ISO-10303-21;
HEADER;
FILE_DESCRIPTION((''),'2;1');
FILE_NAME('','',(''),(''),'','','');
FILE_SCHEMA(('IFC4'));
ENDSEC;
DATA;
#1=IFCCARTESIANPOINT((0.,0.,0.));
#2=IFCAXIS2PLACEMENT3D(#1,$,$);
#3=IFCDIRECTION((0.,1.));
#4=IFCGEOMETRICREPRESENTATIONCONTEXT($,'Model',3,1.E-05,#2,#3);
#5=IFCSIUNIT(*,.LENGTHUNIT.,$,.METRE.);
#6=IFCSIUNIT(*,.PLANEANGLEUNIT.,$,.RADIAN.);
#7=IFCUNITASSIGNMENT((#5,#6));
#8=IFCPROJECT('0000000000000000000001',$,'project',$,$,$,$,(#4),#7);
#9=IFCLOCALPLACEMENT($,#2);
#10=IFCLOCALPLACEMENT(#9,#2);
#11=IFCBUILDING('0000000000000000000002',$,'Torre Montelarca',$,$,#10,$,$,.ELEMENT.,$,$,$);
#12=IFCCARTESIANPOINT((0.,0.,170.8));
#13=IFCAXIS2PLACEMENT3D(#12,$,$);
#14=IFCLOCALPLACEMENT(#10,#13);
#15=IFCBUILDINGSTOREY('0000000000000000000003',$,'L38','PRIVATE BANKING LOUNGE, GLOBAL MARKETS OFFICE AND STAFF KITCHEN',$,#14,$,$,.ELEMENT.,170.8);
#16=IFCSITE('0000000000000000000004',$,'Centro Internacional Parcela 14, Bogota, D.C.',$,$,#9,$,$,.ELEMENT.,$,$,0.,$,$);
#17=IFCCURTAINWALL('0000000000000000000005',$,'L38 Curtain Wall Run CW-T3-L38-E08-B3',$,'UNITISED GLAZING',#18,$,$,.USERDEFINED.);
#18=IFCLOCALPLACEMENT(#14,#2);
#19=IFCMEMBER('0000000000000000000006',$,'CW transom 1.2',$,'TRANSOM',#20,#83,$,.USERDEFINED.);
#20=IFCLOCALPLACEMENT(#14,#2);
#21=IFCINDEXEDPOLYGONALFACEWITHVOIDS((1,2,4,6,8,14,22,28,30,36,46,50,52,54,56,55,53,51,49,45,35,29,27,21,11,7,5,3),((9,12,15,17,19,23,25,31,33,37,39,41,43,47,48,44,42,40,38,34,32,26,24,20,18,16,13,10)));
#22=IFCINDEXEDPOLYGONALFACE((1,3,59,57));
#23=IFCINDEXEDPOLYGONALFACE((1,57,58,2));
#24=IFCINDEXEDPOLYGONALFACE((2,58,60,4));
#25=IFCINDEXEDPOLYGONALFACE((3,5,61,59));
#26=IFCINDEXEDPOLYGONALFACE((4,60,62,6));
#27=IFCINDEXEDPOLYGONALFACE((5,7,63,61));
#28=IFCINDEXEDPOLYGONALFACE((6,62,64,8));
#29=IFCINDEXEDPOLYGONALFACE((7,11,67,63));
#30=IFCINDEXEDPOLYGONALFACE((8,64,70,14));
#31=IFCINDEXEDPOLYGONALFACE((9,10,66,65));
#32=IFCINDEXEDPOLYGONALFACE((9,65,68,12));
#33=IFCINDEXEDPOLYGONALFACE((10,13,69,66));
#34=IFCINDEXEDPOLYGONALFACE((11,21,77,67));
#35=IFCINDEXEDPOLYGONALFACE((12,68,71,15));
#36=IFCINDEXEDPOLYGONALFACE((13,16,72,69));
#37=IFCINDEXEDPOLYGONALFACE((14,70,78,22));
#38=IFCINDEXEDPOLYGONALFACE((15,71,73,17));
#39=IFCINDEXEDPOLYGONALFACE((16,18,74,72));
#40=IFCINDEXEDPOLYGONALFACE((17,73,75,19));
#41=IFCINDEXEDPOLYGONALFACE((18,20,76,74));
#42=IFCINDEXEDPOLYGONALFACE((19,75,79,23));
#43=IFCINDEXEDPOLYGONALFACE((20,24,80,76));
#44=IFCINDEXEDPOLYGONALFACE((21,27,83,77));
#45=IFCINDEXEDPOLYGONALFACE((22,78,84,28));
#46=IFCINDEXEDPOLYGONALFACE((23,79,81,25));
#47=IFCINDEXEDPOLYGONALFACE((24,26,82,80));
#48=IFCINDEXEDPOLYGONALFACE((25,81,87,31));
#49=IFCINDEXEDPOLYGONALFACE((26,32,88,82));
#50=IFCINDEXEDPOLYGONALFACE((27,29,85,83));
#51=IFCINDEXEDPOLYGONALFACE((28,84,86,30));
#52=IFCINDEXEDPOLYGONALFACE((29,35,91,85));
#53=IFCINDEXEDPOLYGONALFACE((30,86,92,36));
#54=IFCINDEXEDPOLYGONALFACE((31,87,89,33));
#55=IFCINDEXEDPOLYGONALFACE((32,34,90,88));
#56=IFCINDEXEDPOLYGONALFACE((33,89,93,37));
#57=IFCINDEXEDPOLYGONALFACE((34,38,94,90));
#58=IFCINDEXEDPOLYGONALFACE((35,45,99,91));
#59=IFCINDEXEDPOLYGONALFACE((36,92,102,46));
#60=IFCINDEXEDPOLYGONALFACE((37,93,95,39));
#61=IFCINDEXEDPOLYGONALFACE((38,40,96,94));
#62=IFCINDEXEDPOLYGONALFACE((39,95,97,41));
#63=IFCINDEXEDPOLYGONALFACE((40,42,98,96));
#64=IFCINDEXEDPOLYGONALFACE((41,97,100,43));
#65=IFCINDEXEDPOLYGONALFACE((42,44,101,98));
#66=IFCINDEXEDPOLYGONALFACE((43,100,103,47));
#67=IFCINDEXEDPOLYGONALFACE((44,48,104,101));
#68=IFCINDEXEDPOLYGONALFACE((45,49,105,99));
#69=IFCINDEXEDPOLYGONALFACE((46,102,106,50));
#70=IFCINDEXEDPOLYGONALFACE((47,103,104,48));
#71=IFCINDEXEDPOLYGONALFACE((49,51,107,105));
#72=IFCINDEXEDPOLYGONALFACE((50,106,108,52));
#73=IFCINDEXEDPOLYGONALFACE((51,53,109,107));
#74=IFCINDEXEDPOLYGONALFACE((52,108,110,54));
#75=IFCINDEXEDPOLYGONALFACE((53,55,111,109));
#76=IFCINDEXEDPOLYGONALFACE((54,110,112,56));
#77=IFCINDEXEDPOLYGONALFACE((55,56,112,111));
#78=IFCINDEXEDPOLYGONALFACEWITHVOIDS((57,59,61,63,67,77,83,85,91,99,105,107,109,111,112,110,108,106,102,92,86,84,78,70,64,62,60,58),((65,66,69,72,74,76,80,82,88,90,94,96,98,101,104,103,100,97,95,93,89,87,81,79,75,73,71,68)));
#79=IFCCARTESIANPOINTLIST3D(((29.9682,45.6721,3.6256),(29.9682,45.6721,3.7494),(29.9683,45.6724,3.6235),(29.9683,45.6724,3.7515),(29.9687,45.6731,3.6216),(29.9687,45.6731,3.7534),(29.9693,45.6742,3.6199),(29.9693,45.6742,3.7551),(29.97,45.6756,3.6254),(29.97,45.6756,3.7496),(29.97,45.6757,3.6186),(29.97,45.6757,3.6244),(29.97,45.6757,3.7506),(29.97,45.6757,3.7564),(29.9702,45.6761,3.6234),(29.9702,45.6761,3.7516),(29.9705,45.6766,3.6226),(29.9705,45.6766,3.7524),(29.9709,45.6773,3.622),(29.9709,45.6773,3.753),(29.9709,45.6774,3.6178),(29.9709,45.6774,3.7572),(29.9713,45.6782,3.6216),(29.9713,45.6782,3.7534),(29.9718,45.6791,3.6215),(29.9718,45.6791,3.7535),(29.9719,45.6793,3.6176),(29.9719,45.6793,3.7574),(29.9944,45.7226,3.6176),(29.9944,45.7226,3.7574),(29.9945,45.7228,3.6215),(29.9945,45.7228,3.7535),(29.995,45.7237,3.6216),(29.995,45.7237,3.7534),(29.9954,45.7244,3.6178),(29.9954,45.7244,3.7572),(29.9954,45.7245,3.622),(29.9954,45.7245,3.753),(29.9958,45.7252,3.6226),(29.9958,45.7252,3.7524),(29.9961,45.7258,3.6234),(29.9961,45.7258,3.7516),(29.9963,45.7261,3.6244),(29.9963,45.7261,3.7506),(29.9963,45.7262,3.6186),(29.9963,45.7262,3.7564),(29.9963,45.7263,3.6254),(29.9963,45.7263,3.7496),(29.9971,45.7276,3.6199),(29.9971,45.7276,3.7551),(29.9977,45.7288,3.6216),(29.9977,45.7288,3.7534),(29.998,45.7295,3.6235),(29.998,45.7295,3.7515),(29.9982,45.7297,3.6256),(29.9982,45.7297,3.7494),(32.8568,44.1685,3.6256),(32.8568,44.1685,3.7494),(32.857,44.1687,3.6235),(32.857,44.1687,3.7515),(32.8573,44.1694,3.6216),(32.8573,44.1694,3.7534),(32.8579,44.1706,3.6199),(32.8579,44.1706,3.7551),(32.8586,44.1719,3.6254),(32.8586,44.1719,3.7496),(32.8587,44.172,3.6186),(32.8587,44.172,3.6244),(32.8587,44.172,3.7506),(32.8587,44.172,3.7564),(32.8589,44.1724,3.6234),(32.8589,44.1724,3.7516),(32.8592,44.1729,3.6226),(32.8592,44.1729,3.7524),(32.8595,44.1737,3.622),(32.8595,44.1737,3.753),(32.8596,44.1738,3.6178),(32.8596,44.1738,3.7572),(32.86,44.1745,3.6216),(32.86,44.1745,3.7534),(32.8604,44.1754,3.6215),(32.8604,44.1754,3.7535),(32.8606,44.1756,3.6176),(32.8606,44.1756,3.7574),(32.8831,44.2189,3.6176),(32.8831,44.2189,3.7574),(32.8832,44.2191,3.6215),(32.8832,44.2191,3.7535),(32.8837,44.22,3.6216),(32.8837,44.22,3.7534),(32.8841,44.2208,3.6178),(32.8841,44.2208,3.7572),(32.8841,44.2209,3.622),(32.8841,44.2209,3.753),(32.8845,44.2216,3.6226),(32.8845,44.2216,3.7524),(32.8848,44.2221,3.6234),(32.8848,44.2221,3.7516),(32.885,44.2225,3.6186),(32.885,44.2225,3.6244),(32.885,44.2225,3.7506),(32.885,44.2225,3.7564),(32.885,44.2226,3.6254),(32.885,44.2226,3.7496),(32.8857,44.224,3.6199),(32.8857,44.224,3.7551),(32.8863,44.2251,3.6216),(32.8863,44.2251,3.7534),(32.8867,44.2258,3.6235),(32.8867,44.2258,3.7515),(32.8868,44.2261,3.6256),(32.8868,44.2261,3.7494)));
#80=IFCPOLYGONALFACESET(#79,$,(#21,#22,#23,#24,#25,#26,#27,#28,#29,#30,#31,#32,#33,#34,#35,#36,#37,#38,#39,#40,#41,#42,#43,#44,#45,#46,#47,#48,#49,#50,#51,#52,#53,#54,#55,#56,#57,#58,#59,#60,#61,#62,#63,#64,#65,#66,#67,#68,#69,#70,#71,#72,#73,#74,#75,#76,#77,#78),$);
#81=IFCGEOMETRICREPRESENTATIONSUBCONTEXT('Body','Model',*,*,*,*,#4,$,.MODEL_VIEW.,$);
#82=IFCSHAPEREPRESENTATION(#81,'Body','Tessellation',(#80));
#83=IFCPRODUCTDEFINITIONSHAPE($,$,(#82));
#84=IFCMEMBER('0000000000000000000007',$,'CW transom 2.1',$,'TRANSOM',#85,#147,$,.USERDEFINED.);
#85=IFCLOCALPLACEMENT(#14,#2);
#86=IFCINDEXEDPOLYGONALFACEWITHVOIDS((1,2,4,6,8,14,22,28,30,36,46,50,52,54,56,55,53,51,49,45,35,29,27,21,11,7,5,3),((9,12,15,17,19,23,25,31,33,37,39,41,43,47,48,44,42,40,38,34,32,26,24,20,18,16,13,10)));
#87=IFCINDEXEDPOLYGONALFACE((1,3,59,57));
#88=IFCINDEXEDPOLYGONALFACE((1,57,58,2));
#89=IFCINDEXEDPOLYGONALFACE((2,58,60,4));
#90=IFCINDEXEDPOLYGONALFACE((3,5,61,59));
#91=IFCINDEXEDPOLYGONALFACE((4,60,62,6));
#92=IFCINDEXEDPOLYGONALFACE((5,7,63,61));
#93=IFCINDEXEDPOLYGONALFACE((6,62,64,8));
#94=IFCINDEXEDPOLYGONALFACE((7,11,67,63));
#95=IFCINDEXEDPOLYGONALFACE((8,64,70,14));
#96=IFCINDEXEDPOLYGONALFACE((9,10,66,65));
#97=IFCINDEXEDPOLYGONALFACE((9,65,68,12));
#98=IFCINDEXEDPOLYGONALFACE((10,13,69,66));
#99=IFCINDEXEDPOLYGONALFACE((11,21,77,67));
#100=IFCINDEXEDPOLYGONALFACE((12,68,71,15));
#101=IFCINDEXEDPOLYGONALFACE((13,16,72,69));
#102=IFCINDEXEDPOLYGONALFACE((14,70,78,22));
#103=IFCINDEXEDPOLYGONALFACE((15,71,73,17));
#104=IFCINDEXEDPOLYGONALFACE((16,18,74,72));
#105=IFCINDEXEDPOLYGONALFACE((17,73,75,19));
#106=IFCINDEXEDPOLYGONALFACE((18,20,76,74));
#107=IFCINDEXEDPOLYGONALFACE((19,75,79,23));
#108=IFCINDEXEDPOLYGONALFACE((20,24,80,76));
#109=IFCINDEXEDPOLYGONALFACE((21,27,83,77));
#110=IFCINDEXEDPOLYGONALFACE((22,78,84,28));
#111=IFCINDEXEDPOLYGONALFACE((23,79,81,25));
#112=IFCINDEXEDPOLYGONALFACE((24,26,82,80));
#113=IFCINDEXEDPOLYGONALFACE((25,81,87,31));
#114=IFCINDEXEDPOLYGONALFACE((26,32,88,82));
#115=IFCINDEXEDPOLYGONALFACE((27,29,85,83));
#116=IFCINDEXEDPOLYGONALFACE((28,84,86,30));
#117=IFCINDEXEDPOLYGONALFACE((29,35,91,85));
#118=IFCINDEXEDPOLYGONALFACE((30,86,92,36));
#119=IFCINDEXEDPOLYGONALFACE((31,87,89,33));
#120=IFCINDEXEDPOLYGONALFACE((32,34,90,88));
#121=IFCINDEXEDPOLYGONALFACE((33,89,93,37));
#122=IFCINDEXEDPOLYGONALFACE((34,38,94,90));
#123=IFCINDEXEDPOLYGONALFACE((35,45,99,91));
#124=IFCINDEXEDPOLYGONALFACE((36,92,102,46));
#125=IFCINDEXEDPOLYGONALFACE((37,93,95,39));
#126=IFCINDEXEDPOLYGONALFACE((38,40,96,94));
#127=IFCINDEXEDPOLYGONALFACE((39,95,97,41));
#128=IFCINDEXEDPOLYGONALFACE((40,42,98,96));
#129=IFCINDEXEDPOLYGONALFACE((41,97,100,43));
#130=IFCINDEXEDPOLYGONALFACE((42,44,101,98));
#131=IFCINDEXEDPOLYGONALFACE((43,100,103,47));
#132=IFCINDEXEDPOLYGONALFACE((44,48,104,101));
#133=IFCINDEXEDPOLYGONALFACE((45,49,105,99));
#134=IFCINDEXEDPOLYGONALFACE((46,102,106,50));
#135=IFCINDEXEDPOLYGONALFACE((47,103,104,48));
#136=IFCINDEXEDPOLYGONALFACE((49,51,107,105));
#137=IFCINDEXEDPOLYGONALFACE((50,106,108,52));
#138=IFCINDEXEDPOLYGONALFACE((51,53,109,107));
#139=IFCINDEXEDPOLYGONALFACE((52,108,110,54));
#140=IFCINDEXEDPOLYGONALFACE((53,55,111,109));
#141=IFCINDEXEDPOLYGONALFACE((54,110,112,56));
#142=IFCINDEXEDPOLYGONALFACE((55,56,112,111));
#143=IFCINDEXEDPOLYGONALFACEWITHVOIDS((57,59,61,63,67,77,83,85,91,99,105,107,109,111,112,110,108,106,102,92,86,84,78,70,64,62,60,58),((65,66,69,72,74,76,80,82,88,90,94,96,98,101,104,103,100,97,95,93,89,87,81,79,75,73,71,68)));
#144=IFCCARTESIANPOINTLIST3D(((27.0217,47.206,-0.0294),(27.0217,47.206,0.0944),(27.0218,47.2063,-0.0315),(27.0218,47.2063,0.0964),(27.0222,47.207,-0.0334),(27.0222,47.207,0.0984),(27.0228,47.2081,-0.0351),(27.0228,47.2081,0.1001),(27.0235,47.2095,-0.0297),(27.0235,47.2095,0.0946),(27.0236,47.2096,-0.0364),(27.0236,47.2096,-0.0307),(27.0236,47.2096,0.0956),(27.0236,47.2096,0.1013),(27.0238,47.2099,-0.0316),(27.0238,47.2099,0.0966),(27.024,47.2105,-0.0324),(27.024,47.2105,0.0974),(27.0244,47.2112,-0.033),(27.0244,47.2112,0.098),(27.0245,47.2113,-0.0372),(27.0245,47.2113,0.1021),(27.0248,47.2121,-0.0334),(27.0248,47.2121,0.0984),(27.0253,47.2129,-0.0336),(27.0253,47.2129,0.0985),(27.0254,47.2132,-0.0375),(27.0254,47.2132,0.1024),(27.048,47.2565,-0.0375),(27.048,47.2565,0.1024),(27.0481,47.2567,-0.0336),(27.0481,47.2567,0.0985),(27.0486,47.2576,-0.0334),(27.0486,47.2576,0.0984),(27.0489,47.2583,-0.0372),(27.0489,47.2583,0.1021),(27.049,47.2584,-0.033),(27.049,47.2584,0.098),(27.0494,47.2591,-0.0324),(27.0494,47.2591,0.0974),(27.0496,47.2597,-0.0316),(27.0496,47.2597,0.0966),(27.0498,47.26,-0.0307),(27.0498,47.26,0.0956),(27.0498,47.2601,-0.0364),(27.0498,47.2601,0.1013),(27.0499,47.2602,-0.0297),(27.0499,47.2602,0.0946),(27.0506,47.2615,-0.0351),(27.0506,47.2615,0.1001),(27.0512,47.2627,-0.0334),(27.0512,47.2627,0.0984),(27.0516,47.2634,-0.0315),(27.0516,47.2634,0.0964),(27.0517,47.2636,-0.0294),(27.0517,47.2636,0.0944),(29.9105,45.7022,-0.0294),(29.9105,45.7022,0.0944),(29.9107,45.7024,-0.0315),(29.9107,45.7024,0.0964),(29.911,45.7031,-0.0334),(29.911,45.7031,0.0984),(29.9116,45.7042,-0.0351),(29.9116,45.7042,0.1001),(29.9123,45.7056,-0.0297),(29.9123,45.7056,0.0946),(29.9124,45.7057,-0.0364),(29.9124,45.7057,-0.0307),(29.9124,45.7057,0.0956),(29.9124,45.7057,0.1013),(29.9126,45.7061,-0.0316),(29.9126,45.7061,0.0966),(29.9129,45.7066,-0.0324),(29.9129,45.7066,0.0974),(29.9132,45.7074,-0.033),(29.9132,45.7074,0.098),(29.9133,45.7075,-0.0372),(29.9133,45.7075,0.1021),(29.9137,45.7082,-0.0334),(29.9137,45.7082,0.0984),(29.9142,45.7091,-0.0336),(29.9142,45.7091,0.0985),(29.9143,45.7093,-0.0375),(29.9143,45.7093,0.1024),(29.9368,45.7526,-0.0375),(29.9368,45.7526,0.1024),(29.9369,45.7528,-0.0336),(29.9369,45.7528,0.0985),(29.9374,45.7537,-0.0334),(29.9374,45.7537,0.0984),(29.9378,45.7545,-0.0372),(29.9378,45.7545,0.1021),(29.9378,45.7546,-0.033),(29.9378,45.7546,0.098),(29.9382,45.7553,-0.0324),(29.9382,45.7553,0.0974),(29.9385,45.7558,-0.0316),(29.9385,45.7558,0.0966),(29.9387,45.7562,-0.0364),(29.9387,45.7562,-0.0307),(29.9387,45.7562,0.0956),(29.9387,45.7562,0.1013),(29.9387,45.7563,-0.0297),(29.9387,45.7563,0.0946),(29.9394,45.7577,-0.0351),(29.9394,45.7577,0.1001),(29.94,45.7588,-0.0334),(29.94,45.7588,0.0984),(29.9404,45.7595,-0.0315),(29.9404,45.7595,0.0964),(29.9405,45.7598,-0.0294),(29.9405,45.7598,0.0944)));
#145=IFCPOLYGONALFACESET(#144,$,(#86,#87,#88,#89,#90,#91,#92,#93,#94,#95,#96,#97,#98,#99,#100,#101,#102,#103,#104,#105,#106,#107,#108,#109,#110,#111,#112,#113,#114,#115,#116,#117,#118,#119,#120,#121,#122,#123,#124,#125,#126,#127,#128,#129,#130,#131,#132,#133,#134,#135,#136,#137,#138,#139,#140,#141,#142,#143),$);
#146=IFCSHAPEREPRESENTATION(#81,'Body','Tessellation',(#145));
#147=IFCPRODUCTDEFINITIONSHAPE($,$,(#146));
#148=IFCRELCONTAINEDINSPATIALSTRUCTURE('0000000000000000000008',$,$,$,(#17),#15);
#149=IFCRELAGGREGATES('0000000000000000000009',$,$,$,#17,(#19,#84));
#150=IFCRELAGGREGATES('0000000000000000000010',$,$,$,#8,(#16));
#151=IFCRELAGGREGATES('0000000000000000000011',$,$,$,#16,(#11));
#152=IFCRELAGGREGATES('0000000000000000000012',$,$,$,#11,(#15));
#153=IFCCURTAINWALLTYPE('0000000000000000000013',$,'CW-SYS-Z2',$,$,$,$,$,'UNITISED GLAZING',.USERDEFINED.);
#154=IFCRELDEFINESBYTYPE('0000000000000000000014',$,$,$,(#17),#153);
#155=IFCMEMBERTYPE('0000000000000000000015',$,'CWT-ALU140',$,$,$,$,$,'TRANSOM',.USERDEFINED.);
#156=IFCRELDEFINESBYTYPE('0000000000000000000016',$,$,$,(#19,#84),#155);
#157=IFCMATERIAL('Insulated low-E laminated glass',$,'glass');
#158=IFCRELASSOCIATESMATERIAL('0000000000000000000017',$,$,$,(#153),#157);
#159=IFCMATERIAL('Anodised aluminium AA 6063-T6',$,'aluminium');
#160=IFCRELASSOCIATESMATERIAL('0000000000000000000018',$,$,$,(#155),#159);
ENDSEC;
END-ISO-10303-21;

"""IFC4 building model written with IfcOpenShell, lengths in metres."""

from ifc_helpers import new_model, si_unit, direction, frame, origin, origin_2d, place, context, subcontext, project, spatial, hollow_rectangle, extrude, source, transform, mapped, material, material_profile, profile_set, type_object, element, aggregate, save


model = new_model("IFC4")

# Units and contexts
model_context = context("Model", 3, precision=1e-05, world=origin(), true_north=direction((0.0, 1.0)))
body_context = subcontext(model_context, "Body", "Model", "MODEL_VIEW")
ifc_project = project(units=[si_unit("LENGTHUNIT", "METRE"), si_unit("PLANEANGLEUNIT", "RADIAN")], contexts=[model_context])

# Site, building, storey
site_placement = place(None, origin())
site = spatial("IfcSite", under=ifc_project, at=site_placement, Name="Centro Internacional Parcela 14, Bogota, D.C.", CompositionType="ELEMENT", RefElevation=0.0)
building_placement = place(site_placement, origin())
building = spatial("IfcBuilding", under=site, at=building_placement, Name="Torre Montelarca", CompositionType="ELEMENT")
storey_placement = place(building_placement, frame((0.0, 0.0, 170.8)))
storey = spatial("IfcBuildingStorey", under=building, at=storey_placement, Name="L38", Description="PRIVATE BANKING LOUNGE, GLOBAL MARKETS OFFICE AND STAFF KITCHEN", CompositionType="ELEMENT", Elevation=170.8)

# Shared definitions
ifc_material_1 = material(Name="Insulated low-E laminated glass", Category="glass")
curtain_wall_type = type_object("IfcCurtainWallType", Name="CW-SYS-Z2", ElementType="UNITISED GLAZING", PredefinedType="USERDEFINED", material=ifc_material_1)
ifc_material_2 = material(Name="Anodised aluminium AA 6063-T6", Category="aluminium")

# Curtain wall
curtain_wall_1_placement = place(storey_placement, origin())
curtain_wall_1 = element("IfcCurtainWall", 1, at=curtain_wall_1_placement, inside=storey, type_object=curtain_wall_type, Name="L38 Curtain Wall Run CW-T3-L38-E08-B3", ObjectType="UNITISED GLAZING", PredefinedType="USERDEFINED")

# Members
ifc_material_profile_1 = material_profile(ifc_material_2, hollow_rectangle(XDim=0.0649, YDim=0.1399, WallThickness=0.0039, InnerFilletRadius=0.0039, OuterFilletRadius=0.0081, at=origin_2d()), Name="ALU65X140X4", Category="aluminium")
ifc_profile_set_1 = profile_set([ifc_material_profile_1], Name="Anodised aluminium AA 6063-T6")
member_type_1 = type_object("IfcMemberType", Name="CWT-ALU140", ElementType="TRANSOM", PredefinedType="USERDEFINED", material=ifc_profile_set_1)
shared_shape_1 = source(origin(), body_context, "Body", "SweptSolid", [
    extrude(hollow_rectangle(XDim=0.0649, YDim=0.1399, WallThickness=0.0039, InnerFilletRadius=0.0039, OuterFilletRadius=0.0081, at=origin_2d()), origin(), (0.0, 0.0, 1.0), 3.2566),
])
member_1_placement = place(storey_placement, frame((32.8718, 44.1973, 3.6875), z_axis=(-0.887022, 0.461728, 0.0), x_axis=(-0.461728, -0.887022, 0.0)))
member_1 = element("IfcMember", 2, at=member_1_placement, type_object=member_type_1, Name="CW transom 1.2", ObjectType="TRANSOM", PredefinedType="USERDEFINED", context=body_context, shape_type="MappedRepresentation", body=[
    mapped(shared_shape_1, transform((0.0, 0.0, 0.0), scale=1.0)),
])
shared_shape_2 = source(origin(), body_context, "Body", "SweptSolid", [
    extrude(hollow_rectangle(XDim=0.0649, YDim=0.1399, WallThickness=0.0039, InnerFilletRadius=0.0039, OuterFilletRadius=0.0081, at=origin_2d()), origin(), (0.0, 0.0, 1.0), 3.2568),
])
member_2_placement = place(storey_placement, frame((29.9255, 45.731, 0.0325), z_axis=(-0.887007, 0.461756, 0.0), x_axis=(-0.461756, -0.887007, 0.0)))
member_2 = element("IfcMember", 3, at=member_2_placement, type_object=member_type_1, Name="CW transom 2.1", ObjectType="TRANSOM", PredefinedType="USERDEFINED", context=body_context, shape_type="MappedRepresentation", body=[
    mapped(shared_shape_2, transform((0.0, 0.0, 0.0), scale=1.0)),
])

aggregate(curtain_wall_1, [member_1, member_2])

save(model, "model.ifc")
